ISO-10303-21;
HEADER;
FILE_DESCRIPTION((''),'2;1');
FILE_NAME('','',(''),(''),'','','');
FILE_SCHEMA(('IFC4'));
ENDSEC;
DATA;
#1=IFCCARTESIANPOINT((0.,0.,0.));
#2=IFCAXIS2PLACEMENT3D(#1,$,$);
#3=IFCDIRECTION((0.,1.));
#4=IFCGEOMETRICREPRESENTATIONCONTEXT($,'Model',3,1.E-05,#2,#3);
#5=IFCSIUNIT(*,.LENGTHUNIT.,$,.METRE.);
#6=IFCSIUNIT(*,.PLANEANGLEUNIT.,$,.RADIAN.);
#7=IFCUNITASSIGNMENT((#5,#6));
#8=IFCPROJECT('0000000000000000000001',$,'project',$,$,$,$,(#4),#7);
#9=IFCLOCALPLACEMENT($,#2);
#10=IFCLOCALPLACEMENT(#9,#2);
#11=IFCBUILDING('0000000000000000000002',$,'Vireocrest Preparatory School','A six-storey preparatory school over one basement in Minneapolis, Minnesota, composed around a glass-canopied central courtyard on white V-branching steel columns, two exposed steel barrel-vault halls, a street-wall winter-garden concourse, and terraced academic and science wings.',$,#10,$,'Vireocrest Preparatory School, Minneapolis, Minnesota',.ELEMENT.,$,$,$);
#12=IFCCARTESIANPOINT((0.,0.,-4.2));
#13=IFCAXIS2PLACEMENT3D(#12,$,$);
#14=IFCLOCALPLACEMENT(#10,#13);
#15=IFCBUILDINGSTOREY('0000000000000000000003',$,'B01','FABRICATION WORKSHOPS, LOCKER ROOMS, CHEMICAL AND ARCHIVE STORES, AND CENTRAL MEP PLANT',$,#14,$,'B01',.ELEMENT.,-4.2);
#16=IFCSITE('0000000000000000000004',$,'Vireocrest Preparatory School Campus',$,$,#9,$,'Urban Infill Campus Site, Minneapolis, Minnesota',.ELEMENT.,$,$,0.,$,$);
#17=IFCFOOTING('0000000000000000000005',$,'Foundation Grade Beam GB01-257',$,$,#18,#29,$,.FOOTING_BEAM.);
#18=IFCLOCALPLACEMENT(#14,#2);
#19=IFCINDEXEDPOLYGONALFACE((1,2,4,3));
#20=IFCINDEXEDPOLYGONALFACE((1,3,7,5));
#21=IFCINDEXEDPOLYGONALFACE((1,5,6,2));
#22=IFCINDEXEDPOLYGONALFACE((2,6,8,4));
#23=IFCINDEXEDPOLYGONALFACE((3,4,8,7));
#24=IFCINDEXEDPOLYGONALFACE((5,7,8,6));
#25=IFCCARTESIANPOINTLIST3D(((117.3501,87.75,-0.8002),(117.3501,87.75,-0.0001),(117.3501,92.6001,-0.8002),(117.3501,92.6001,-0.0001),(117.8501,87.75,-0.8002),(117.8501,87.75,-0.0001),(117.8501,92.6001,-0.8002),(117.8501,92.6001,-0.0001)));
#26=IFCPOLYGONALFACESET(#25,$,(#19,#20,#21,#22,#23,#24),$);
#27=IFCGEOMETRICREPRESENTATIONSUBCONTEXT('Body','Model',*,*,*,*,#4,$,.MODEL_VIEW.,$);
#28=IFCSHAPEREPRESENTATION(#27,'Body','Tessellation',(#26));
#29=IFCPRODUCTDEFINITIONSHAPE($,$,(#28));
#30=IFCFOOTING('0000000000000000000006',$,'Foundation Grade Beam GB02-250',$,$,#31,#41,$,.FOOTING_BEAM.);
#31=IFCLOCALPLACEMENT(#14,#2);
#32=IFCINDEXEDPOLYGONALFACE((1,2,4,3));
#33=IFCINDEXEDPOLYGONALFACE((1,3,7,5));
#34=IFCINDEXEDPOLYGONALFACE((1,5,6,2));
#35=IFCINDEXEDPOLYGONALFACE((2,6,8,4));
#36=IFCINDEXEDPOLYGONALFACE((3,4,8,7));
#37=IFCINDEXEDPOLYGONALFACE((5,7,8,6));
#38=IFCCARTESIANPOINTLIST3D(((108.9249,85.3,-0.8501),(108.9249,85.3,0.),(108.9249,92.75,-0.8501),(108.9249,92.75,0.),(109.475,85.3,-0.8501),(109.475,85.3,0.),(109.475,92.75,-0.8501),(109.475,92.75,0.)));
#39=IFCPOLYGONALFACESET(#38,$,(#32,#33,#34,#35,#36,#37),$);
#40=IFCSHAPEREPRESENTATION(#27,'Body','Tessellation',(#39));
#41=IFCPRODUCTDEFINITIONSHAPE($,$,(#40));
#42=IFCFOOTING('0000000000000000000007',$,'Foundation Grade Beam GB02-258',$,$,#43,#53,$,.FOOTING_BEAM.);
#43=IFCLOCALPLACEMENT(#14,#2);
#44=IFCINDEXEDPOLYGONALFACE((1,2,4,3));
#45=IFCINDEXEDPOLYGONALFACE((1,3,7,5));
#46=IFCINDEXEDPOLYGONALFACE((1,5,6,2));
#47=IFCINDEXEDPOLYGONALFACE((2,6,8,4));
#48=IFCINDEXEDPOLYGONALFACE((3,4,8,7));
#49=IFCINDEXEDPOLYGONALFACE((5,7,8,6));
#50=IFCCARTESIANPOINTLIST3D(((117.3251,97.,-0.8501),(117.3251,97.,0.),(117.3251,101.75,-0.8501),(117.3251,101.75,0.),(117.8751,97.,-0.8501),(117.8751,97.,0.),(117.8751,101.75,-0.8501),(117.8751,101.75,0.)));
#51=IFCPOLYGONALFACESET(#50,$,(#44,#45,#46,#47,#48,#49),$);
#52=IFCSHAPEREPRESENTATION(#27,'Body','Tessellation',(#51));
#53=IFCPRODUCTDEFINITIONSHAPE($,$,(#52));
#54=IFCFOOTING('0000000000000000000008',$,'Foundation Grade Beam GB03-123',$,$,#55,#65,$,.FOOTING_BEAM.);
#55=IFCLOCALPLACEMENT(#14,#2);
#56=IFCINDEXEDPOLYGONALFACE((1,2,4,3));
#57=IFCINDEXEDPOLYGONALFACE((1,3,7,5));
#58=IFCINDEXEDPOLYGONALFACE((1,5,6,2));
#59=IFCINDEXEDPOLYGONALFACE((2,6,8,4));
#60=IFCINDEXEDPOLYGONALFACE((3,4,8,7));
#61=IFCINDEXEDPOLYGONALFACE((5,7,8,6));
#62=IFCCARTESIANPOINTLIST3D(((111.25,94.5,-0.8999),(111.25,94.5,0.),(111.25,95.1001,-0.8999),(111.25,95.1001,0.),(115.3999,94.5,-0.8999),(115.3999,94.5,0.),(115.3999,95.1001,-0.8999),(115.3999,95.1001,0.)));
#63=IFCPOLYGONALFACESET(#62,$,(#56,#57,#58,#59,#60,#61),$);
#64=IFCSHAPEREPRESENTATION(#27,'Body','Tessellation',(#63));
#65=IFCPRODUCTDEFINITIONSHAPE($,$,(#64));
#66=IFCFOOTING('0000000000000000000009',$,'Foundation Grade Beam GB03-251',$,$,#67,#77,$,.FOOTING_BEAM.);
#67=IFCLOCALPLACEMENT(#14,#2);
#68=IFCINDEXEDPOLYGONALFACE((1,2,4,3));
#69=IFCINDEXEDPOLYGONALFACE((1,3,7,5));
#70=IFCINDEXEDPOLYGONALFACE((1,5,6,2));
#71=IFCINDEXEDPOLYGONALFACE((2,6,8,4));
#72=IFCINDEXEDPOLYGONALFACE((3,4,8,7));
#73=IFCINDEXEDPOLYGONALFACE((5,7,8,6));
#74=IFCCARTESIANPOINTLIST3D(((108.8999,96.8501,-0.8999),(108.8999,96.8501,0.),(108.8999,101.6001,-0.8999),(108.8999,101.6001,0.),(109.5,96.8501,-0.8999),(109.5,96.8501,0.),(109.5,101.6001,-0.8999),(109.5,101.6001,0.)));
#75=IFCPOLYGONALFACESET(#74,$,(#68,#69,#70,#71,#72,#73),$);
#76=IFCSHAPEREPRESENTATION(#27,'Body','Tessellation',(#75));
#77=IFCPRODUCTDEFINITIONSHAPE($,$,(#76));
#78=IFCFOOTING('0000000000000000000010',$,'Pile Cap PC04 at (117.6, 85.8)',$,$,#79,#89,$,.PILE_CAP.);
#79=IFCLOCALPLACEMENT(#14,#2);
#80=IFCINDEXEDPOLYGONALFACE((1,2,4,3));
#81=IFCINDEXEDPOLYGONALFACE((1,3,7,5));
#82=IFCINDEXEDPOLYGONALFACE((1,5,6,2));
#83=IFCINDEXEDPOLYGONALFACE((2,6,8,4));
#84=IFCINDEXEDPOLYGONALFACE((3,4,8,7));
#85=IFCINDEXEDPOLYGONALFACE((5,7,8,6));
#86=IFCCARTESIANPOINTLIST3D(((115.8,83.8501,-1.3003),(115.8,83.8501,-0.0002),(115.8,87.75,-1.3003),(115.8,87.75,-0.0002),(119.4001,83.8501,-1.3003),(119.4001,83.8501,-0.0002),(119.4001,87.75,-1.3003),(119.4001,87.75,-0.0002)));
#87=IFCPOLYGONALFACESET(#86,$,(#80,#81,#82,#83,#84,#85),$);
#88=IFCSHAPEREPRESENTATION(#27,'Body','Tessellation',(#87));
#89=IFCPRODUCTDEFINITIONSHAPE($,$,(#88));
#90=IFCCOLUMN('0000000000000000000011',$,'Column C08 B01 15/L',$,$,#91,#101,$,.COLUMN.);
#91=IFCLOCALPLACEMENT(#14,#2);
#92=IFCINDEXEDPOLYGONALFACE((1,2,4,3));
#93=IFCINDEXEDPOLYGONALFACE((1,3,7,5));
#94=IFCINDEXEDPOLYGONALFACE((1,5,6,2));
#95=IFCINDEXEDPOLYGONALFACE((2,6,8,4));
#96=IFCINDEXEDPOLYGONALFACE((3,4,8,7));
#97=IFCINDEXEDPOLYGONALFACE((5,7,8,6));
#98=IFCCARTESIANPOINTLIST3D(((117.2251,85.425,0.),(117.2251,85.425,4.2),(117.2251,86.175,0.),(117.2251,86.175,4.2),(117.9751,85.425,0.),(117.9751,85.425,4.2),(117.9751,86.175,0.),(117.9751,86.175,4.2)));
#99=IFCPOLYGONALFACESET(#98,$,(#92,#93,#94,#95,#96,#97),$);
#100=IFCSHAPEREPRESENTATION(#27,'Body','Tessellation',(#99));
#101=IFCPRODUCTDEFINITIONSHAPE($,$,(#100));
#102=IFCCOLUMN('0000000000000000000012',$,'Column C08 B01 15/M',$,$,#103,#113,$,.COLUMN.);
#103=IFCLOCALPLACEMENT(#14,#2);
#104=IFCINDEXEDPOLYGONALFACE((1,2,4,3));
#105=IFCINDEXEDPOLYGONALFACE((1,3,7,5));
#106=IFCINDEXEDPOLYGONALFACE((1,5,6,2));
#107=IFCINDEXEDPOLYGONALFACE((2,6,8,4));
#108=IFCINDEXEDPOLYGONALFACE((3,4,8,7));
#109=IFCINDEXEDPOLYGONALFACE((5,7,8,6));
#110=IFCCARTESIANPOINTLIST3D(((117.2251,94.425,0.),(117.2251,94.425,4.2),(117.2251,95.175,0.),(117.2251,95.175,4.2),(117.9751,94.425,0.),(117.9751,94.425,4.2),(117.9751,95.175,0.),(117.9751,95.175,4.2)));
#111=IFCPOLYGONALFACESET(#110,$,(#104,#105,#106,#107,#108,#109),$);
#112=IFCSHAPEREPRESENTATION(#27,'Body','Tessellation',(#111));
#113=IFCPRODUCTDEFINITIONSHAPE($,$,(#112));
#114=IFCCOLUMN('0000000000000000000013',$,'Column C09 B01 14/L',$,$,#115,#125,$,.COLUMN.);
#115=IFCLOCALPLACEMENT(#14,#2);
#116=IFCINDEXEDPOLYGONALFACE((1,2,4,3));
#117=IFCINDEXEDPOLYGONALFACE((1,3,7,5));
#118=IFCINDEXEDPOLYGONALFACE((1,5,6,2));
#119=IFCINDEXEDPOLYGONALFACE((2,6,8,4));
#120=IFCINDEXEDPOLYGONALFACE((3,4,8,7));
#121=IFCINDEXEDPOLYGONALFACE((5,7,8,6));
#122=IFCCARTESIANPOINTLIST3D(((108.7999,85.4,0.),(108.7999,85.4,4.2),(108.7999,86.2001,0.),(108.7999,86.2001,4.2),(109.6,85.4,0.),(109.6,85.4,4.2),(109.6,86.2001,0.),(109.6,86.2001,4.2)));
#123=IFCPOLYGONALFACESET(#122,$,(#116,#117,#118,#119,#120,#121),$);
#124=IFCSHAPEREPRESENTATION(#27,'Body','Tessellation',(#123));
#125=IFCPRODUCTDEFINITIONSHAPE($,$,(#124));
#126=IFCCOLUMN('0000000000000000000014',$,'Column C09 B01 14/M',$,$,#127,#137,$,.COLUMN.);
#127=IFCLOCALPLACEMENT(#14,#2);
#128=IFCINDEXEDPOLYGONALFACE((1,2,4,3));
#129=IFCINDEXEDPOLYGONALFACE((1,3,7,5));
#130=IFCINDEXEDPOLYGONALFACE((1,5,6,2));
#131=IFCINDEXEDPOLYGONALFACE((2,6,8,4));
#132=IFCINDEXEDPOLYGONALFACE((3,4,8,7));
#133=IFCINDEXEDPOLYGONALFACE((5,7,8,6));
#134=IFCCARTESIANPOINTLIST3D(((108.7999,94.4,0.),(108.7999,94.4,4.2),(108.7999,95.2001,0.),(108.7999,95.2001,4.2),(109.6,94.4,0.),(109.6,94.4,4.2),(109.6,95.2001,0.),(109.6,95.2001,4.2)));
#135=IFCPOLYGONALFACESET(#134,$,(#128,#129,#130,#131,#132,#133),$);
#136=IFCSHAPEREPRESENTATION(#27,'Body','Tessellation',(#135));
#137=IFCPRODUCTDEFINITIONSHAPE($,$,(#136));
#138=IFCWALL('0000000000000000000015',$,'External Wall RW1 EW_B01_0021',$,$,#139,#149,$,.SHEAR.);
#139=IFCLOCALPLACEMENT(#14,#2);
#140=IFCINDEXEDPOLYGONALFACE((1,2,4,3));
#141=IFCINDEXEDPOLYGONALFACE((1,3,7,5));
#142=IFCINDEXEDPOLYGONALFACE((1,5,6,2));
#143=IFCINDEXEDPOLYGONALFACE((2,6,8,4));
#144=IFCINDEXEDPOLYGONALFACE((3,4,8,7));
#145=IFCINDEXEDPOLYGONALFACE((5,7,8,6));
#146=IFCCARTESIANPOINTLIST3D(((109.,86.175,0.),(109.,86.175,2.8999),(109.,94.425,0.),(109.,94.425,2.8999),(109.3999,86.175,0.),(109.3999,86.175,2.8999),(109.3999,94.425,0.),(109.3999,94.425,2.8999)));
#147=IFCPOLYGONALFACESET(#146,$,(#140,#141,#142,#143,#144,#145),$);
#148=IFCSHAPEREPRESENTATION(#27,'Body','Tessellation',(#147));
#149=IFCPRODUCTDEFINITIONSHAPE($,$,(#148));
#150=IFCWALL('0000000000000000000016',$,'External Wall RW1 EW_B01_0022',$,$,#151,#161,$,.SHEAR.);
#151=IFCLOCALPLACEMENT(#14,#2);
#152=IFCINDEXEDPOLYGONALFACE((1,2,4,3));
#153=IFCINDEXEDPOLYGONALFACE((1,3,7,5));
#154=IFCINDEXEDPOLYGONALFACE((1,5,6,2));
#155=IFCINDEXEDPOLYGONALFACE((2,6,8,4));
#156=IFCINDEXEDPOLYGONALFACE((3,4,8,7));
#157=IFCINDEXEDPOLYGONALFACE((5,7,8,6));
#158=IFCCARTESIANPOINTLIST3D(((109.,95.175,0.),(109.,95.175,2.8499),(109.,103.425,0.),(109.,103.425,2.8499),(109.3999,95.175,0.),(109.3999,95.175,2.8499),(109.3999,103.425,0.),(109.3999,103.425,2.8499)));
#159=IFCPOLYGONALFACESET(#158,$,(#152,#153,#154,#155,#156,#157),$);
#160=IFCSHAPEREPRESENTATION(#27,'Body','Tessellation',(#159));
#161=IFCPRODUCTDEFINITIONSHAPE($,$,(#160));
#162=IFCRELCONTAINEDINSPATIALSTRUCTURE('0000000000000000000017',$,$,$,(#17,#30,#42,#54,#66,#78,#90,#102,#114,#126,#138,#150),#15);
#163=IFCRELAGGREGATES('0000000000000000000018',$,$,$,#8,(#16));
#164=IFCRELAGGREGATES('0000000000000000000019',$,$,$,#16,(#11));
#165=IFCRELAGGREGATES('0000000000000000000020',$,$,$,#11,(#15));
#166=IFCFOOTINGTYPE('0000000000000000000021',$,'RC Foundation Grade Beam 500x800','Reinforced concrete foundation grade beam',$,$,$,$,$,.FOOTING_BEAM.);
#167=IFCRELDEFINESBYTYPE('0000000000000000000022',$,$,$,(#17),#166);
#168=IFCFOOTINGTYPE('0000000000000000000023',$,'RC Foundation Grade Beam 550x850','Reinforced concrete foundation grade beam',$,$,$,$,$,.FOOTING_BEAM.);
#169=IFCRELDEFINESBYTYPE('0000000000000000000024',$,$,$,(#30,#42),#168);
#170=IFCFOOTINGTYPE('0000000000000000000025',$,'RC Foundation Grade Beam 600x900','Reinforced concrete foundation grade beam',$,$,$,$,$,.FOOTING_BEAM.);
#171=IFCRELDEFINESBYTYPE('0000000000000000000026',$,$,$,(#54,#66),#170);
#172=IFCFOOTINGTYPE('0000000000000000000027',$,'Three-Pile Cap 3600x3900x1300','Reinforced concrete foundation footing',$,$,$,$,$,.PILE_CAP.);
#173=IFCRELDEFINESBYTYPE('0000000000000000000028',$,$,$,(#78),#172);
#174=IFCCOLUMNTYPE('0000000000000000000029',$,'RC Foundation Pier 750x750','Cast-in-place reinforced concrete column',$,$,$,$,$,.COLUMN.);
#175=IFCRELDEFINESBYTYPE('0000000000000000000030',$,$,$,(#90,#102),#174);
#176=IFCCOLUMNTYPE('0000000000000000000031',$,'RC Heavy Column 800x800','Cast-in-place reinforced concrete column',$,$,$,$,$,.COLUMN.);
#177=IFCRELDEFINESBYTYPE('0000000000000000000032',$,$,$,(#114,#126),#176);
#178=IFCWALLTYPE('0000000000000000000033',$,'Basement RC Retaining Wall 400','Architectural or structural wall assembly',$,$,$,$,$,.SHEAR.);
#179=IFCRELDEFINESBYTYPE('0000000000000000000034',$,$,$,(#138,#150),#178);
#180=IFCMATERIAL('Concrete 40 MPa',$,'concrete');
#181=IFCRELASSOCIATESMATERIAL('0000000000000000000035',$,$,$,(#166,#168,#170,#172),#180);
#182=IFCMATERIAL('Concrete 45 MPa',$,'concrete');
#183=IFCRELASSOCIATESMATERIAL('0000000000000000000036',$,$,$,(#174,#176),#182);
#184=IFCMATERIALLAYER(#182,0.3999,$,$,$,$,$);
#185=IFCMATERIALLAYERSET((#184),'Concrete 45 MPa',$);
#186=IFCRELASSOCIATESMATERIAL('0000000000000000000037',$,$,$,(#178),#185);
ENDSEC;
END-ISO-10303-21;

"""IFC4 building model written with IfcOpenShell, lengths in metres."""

from ifc_helpers import new_model, si_unit, direction, frame, frame_2d, origin, origin_2d, place, context, subcontext, project, spatial, rectangle, extrude, material, layer, layer_set, material_profile, profile_set, type_object, element, save


model = new_model("IFC4")

# Units and contexts
model_context = context("Model", 3, precision=1e-05, world=origin(), true_north=direction((0.0, 1.0)))
body_context = subcontext(model_context, "Body", "Model", "MODEL_VIEW")
ifc_project = project(units=[si_unit("LENGTHUNIT", "METRE"), si_unit("PLANEANGLEUNIT", "RADIAN")], contexts=[model_context])

# Site, building, storey
site_placement = place(None, origin())
site = spatial("IfcSite", under=ifc_project, at=site_placement, Name="Vireocrest Preparatory School Campus", LongName="Urban Infill Campus Site, Minneapolis, Minnesota", CompositionType="ELEMENT", RefElevation=0.0)
building_placement = place(site_placement, origin())
building = spatial("IfcBuilding", under=site, at=building_placement, Name="Vireocrest Preparatory School", Description="A six-storey preparatory school over one basement in Minneapolis, Minnesota, composed around a glass-canopied central courtyard on white V-branching steel columns, two exposed steel barrel-vault halls, a street-wall winter-garden concourse, and terraced academic and science wings.", LongName="Vireocrest Preparatory School, Minneapolis, Minnesota", CompositionType="ELEMENT")
storey_placement = place(building_placement, frame((0.0, 0.0, -4.2)))
storey = spatial("IfcBuildingStorey", under=building, at=storey_placement, Name="B01", Description="FABRICATION WORKSHOPS, LOCKER ROOMS, CHEMICAL AND ARCHIVE STORES, AND CENTRAL MEP PLANT", LongName="B01", CompositionType="ELEMENT", Elevation=-4.2)

# Shared definitions
ifc_material_1 = material(Name="Concrete 40 MPa", Category="concrete")

# Footings
ifc_material_profile_1 = material_profile(ifc_material_1, rectangle(XDim=0.5, YDim=0.8, at=origin_2d()), Name="GB 500x800")
ifc_profile_set_1 = profile_set([ifc_material_profile_1], Name="Concrete 40 MPa")
footing_type_1 = type_object("IfcFootingType", Name="RC Foundation Grade Beam 500x800", Description="Reinforced concrete foundation grade beam", PredefinedType="FOOTING_BEAM", material=ifc_profile_set_1)
footing_1_placement = place(storey_placement, frame((117.6001, 87.75, -0.4001), z_axis=(0.0, 1.0, 0.0), x_axis=(-1.0, 0.0, 0.0)))
element("IfcFooting", 1, at=footing_1_placement, inside=storey, type_object=footing_type_1, Name="Foundation Grade Beam GB01-257", PredefinedType="FOOTING_BEAM", context=body_context, shape_type="SweptSolid", body=[
    extrude(rectangle(XDim=0.5, YDim=0.8, at=origin_2d()), origin(), (0.0, 0.0, 1.0), 4.8501),
])
ifc_material_profile_2 = material_profile(ifc_material_1, rectangle(XDim=0.55, YDim=0.8501, at=origin_2d()), Name="GB 550x850")
ifc_profile_set_2 = profile_set([ifc_material_profile_2], Name="Concrete 40 MPa")
footing_type_2 = type_object("IfcFootingType", Name="RC Foundation Grade Beam 550x850", Description="Reinforced concrete foundation grade beam", PredefinedType="FOOTING_BEAM", material=ifc_profile_set_2)
footing_2_placement = place(storey_placement, frame((109.2, 85.3, -0.425), z_axis=(0.0, 1.0, 0.0), x_axis=(-1.0, 0.0, 0.0)))
element("IfcFooting", 2, at=footing_2_placement, inside=storey, type_object=footing_type_2, Name="Foundation Grade Beam GB02-250", PredefinedType="FOOTING_BEAM", context=body_context, shape_type="SweptSolid", body=[
    extrude(rectangle(XDim=0.55, YDim=0.8501, at=origin_2d()), origin(), (0.0, 0.0, 1.0), 7.45),
])
footing_3_placement = place(storey_placement, frame((117.6001, 97.0, -0.425), z_axis=(0.0, 1.0, 0.0), x_axis=(-1.0, 0.0, 0.0)))
element("IfcFooting", 3, at=footing_3_placement, inside=storey, type_object=footing_type_2, Name="Foundation Grade Beam GB02-258", PredefinedType="FOOTING_BEAM", context=body_context, shape_type="SweptSolid", body=[
    extrude(rectangle(XDim=0.55, YDim=0.8501, at=origin_2d()), origin(), (0.0, 0.0, 1.0), 4.75),
])
ifc_material_profile_3 = material_profile(ifc_material_1, rectangle(XDim=0.6001, YDim=0.8999, at=origin_2d()), Name="GB 600x900")
ifc_profile_set_3 = profile_set([ifc_material_profile_3], Name="Concrete 40 MPa")
footing_type_3 = type_object("IfcFootingType", Name="RC Foundation Grade Beam 600x900", Description="Reinforced concrete foundation grade beam", PredefinedType="FOOTING_BEAM", material=ifc_profile_set_3)
footing_4_placement = place(storey_placement, frame((111.25, 94.8, -0.45), z_axis=(1.0, 0.0, 0.0), x_axis=(0.0, 1.0, 0.0)))
element("IfcFooting", 4, at=footing_4_placement, inside=storey, type_object=footing_type_3, Name="Foundation Grade Beam GB03-123", PredefinedType="FOOTING_BEAM", context=body_context, shape_type="SweptSolid", body=[
    extrude(rectangle(XDim=0.6001, YDim=0.8999, at=origin_2d()), origin(), (0.0, 0.0, 1.0), 4.1499),
])
footing_5_placement = place(storey_placement, frame((109.2, 96.8501, -0.45), z_axis=(0.0, 1.0, 0.0), x_axis=(-1.0, 0.0, 0.0)))
element("IfcFooting", 5, at=footing_5_placement, inside=storey, type_object=footing_type_3, Name="Foundation Grade Beam GB03-251", PredefinedType="FOOTING_BEAM", context=body_context, shape_type="SweptSolid", body=[
    extrude(rectangle(XDim=0.6001, YDim=0.8999, at=origin_2d()), origin(), (0.0, 0.0, 1.0), 4.75),
])
footing_type_4 = type_object("IfcFootingType", Name="Three-Pile Cap 3600x3900x1300", Description="Reinforced concrete foundation footing", PredefinedType="PILE_CAP", material=ifc_material_1)
footing_6_placement = place(storey_placement, frame((117.6001, 85.8, -1.3003), z_axis=(0.0, 0.0, 1.0), x_axis=(1.0, 0.0, 0.0)))
element("IfcFooting", 6, at=footing_6_placement, inside=storey, type_object=footing_type_4, Name="Pile Cap PC04 at (117.6, 85.8)", PredefinedType="PILE_CAP", context=body_context, shape_type="SweptSolid", body=[
    extrude(rectangle(XDim=3.6001, YDim=3.8999, at=origin_2d()), origin(), (0.0, 0.0, 1.0), 1.3),
])

# Columns
ifc_material_2 = material(Name="Concrete 45 MPa", Category="concrete")
ifc_material_profile_4 = material_profile(ifc_material_2, rectangle(XDim=0.75, YDim=0.75, at=origin_2d()), Name="RC 750x750")
ifc_profile_set_4 = profile_set([ifc_material_profile_4], Name="Concrete 45 MPa")
column_type_1 = type_object("IfcColumnType", Name="RC Foundation Pier 750x750", Description="Cast-in-place reinforced concrete column", PredefinedType="COLUMN", material=ifc_profile_set_4)
for number, where, z_axis, x_axis, name in (
    (7, (117.6001, 85.8, 0.0), (0.0, 0.0, 1.0), (1.0, 0.0, 0.0), "Column C08 B01 15/L"),
    (8, (117.6001, 94.8, 0.0), (0.0, 0.0, 1.0), (1.0, 0.0, 0.0), "Column C08 B01 15/M"),
):
    element("IfcColumn", number, at=place(storey_placement, frame(where, z_axis=z_axis, x_axis=x_axis)), inside=storey, type_object=column_type_1, Name=name, PredefinedType="COLUMN", context=body_context, shape_type="SweptSolid", body=[
        extrude(rectangle(XDim=0.75, YDim=0.75, at=origin_2d()), origin(), (0.0, 0.0, 1.0), 4.2),
    ])
ifc_material_profile_5 = material_profile(ifc_material_2, rectangle(XDim=0.8, YDim=0.8, at=origin_2d()), Name="RC 800x800")
ifc_profile_set_5 = profile_set([ifc_material_profile_5], Name="Concrete 45 MPa")
column_type_2 = type_object("IfcColumnType", Name="RC Heavy Column 800x800", Description="Cast-in-place reinforced concrete column", PredefinedType="COLUMN", material=ifc_profile_set_5)
for number, where, z_axis, x_axis, name in (
    (9, (109.2, 85.8, 0.0), (0.0, 0.0, 1.0), (1.0, 0.0, 0.0), "Column C09 B01 14/L"),
    (10, (109.2, 94.8, 0.0), (0.0, 0.0, 1.0), (1.0, 0.0, 0.0), "Column C09 B01 14/M"),
):
    element("IfcColumn", number, at=place(storey_placement, frame(where, z_axis=z_axis, x_axis=x_axis)), inside=storey, type_object=column_type_2, Name=name, PredefinedType="COLUMN", context=body_context, shape_type="SweptSolid", body=[
        extrude(rectangle(XDim=0.8, YDim=0.8, at=origin_2d()), origin(), (0.0, 0.0, 1.0), 4.2),
    ])

# Walls
ifc_layer = layer(ifc_material_2, 0.3999)
ifc_layer_set = layer_set([ifc_layer], Name="Concrete 45 MPa")
wall_type = type_object("IfcWallType", Name="Basement RC Retaining Wall 400", Description="Architectural or structural wall assembly", PredefinedType="SHEAR", material=ifc_layer_set)
wall_1_placement = place(storey_placement, frame((109.2, 86.175, 0.0), z_axis=(0.0, 0.0, 1.0), x_axis=(0.0, 1.0, 0.0)))
element("IfcWall", 11, at=wall_1_placement, inside=storey, type_object=wall_type, Name="External Wall RW1 EW_B01_0021", PredefinedType="SHEAR", context=body_context, shape_type="SweptSolid", body=[
    extrude(rectangle(XDim=8.25, YDim=0.3999, at=frame_2d((4.125, 0.0))), origin(), (0.0, 0.0, 1.0), 2.8999),
])
wall_2_placement = place(storey_placement, frame((109.2, 95.175, 0.0), z_axis=(0.0, 0.0, 1.0), x_axis=(0.0, 1.0, 0.0)))
element("IfcWall", 12, at=wall_2_placement, inside=storey, type_object=wall_type, Name="External Wall RW1 EW_B01_0022", PredefinedType="SHEAR", context=body_context, shape_type="SweptSolid", body=[
    extrude(rectangle(XDim=8.25, YDim=0.3999, at=frame_2d((4.125, 0.0))), origin(), (0.0, 0.0, 1.0), 2.8499),
])

save(model, "model.ifc")
